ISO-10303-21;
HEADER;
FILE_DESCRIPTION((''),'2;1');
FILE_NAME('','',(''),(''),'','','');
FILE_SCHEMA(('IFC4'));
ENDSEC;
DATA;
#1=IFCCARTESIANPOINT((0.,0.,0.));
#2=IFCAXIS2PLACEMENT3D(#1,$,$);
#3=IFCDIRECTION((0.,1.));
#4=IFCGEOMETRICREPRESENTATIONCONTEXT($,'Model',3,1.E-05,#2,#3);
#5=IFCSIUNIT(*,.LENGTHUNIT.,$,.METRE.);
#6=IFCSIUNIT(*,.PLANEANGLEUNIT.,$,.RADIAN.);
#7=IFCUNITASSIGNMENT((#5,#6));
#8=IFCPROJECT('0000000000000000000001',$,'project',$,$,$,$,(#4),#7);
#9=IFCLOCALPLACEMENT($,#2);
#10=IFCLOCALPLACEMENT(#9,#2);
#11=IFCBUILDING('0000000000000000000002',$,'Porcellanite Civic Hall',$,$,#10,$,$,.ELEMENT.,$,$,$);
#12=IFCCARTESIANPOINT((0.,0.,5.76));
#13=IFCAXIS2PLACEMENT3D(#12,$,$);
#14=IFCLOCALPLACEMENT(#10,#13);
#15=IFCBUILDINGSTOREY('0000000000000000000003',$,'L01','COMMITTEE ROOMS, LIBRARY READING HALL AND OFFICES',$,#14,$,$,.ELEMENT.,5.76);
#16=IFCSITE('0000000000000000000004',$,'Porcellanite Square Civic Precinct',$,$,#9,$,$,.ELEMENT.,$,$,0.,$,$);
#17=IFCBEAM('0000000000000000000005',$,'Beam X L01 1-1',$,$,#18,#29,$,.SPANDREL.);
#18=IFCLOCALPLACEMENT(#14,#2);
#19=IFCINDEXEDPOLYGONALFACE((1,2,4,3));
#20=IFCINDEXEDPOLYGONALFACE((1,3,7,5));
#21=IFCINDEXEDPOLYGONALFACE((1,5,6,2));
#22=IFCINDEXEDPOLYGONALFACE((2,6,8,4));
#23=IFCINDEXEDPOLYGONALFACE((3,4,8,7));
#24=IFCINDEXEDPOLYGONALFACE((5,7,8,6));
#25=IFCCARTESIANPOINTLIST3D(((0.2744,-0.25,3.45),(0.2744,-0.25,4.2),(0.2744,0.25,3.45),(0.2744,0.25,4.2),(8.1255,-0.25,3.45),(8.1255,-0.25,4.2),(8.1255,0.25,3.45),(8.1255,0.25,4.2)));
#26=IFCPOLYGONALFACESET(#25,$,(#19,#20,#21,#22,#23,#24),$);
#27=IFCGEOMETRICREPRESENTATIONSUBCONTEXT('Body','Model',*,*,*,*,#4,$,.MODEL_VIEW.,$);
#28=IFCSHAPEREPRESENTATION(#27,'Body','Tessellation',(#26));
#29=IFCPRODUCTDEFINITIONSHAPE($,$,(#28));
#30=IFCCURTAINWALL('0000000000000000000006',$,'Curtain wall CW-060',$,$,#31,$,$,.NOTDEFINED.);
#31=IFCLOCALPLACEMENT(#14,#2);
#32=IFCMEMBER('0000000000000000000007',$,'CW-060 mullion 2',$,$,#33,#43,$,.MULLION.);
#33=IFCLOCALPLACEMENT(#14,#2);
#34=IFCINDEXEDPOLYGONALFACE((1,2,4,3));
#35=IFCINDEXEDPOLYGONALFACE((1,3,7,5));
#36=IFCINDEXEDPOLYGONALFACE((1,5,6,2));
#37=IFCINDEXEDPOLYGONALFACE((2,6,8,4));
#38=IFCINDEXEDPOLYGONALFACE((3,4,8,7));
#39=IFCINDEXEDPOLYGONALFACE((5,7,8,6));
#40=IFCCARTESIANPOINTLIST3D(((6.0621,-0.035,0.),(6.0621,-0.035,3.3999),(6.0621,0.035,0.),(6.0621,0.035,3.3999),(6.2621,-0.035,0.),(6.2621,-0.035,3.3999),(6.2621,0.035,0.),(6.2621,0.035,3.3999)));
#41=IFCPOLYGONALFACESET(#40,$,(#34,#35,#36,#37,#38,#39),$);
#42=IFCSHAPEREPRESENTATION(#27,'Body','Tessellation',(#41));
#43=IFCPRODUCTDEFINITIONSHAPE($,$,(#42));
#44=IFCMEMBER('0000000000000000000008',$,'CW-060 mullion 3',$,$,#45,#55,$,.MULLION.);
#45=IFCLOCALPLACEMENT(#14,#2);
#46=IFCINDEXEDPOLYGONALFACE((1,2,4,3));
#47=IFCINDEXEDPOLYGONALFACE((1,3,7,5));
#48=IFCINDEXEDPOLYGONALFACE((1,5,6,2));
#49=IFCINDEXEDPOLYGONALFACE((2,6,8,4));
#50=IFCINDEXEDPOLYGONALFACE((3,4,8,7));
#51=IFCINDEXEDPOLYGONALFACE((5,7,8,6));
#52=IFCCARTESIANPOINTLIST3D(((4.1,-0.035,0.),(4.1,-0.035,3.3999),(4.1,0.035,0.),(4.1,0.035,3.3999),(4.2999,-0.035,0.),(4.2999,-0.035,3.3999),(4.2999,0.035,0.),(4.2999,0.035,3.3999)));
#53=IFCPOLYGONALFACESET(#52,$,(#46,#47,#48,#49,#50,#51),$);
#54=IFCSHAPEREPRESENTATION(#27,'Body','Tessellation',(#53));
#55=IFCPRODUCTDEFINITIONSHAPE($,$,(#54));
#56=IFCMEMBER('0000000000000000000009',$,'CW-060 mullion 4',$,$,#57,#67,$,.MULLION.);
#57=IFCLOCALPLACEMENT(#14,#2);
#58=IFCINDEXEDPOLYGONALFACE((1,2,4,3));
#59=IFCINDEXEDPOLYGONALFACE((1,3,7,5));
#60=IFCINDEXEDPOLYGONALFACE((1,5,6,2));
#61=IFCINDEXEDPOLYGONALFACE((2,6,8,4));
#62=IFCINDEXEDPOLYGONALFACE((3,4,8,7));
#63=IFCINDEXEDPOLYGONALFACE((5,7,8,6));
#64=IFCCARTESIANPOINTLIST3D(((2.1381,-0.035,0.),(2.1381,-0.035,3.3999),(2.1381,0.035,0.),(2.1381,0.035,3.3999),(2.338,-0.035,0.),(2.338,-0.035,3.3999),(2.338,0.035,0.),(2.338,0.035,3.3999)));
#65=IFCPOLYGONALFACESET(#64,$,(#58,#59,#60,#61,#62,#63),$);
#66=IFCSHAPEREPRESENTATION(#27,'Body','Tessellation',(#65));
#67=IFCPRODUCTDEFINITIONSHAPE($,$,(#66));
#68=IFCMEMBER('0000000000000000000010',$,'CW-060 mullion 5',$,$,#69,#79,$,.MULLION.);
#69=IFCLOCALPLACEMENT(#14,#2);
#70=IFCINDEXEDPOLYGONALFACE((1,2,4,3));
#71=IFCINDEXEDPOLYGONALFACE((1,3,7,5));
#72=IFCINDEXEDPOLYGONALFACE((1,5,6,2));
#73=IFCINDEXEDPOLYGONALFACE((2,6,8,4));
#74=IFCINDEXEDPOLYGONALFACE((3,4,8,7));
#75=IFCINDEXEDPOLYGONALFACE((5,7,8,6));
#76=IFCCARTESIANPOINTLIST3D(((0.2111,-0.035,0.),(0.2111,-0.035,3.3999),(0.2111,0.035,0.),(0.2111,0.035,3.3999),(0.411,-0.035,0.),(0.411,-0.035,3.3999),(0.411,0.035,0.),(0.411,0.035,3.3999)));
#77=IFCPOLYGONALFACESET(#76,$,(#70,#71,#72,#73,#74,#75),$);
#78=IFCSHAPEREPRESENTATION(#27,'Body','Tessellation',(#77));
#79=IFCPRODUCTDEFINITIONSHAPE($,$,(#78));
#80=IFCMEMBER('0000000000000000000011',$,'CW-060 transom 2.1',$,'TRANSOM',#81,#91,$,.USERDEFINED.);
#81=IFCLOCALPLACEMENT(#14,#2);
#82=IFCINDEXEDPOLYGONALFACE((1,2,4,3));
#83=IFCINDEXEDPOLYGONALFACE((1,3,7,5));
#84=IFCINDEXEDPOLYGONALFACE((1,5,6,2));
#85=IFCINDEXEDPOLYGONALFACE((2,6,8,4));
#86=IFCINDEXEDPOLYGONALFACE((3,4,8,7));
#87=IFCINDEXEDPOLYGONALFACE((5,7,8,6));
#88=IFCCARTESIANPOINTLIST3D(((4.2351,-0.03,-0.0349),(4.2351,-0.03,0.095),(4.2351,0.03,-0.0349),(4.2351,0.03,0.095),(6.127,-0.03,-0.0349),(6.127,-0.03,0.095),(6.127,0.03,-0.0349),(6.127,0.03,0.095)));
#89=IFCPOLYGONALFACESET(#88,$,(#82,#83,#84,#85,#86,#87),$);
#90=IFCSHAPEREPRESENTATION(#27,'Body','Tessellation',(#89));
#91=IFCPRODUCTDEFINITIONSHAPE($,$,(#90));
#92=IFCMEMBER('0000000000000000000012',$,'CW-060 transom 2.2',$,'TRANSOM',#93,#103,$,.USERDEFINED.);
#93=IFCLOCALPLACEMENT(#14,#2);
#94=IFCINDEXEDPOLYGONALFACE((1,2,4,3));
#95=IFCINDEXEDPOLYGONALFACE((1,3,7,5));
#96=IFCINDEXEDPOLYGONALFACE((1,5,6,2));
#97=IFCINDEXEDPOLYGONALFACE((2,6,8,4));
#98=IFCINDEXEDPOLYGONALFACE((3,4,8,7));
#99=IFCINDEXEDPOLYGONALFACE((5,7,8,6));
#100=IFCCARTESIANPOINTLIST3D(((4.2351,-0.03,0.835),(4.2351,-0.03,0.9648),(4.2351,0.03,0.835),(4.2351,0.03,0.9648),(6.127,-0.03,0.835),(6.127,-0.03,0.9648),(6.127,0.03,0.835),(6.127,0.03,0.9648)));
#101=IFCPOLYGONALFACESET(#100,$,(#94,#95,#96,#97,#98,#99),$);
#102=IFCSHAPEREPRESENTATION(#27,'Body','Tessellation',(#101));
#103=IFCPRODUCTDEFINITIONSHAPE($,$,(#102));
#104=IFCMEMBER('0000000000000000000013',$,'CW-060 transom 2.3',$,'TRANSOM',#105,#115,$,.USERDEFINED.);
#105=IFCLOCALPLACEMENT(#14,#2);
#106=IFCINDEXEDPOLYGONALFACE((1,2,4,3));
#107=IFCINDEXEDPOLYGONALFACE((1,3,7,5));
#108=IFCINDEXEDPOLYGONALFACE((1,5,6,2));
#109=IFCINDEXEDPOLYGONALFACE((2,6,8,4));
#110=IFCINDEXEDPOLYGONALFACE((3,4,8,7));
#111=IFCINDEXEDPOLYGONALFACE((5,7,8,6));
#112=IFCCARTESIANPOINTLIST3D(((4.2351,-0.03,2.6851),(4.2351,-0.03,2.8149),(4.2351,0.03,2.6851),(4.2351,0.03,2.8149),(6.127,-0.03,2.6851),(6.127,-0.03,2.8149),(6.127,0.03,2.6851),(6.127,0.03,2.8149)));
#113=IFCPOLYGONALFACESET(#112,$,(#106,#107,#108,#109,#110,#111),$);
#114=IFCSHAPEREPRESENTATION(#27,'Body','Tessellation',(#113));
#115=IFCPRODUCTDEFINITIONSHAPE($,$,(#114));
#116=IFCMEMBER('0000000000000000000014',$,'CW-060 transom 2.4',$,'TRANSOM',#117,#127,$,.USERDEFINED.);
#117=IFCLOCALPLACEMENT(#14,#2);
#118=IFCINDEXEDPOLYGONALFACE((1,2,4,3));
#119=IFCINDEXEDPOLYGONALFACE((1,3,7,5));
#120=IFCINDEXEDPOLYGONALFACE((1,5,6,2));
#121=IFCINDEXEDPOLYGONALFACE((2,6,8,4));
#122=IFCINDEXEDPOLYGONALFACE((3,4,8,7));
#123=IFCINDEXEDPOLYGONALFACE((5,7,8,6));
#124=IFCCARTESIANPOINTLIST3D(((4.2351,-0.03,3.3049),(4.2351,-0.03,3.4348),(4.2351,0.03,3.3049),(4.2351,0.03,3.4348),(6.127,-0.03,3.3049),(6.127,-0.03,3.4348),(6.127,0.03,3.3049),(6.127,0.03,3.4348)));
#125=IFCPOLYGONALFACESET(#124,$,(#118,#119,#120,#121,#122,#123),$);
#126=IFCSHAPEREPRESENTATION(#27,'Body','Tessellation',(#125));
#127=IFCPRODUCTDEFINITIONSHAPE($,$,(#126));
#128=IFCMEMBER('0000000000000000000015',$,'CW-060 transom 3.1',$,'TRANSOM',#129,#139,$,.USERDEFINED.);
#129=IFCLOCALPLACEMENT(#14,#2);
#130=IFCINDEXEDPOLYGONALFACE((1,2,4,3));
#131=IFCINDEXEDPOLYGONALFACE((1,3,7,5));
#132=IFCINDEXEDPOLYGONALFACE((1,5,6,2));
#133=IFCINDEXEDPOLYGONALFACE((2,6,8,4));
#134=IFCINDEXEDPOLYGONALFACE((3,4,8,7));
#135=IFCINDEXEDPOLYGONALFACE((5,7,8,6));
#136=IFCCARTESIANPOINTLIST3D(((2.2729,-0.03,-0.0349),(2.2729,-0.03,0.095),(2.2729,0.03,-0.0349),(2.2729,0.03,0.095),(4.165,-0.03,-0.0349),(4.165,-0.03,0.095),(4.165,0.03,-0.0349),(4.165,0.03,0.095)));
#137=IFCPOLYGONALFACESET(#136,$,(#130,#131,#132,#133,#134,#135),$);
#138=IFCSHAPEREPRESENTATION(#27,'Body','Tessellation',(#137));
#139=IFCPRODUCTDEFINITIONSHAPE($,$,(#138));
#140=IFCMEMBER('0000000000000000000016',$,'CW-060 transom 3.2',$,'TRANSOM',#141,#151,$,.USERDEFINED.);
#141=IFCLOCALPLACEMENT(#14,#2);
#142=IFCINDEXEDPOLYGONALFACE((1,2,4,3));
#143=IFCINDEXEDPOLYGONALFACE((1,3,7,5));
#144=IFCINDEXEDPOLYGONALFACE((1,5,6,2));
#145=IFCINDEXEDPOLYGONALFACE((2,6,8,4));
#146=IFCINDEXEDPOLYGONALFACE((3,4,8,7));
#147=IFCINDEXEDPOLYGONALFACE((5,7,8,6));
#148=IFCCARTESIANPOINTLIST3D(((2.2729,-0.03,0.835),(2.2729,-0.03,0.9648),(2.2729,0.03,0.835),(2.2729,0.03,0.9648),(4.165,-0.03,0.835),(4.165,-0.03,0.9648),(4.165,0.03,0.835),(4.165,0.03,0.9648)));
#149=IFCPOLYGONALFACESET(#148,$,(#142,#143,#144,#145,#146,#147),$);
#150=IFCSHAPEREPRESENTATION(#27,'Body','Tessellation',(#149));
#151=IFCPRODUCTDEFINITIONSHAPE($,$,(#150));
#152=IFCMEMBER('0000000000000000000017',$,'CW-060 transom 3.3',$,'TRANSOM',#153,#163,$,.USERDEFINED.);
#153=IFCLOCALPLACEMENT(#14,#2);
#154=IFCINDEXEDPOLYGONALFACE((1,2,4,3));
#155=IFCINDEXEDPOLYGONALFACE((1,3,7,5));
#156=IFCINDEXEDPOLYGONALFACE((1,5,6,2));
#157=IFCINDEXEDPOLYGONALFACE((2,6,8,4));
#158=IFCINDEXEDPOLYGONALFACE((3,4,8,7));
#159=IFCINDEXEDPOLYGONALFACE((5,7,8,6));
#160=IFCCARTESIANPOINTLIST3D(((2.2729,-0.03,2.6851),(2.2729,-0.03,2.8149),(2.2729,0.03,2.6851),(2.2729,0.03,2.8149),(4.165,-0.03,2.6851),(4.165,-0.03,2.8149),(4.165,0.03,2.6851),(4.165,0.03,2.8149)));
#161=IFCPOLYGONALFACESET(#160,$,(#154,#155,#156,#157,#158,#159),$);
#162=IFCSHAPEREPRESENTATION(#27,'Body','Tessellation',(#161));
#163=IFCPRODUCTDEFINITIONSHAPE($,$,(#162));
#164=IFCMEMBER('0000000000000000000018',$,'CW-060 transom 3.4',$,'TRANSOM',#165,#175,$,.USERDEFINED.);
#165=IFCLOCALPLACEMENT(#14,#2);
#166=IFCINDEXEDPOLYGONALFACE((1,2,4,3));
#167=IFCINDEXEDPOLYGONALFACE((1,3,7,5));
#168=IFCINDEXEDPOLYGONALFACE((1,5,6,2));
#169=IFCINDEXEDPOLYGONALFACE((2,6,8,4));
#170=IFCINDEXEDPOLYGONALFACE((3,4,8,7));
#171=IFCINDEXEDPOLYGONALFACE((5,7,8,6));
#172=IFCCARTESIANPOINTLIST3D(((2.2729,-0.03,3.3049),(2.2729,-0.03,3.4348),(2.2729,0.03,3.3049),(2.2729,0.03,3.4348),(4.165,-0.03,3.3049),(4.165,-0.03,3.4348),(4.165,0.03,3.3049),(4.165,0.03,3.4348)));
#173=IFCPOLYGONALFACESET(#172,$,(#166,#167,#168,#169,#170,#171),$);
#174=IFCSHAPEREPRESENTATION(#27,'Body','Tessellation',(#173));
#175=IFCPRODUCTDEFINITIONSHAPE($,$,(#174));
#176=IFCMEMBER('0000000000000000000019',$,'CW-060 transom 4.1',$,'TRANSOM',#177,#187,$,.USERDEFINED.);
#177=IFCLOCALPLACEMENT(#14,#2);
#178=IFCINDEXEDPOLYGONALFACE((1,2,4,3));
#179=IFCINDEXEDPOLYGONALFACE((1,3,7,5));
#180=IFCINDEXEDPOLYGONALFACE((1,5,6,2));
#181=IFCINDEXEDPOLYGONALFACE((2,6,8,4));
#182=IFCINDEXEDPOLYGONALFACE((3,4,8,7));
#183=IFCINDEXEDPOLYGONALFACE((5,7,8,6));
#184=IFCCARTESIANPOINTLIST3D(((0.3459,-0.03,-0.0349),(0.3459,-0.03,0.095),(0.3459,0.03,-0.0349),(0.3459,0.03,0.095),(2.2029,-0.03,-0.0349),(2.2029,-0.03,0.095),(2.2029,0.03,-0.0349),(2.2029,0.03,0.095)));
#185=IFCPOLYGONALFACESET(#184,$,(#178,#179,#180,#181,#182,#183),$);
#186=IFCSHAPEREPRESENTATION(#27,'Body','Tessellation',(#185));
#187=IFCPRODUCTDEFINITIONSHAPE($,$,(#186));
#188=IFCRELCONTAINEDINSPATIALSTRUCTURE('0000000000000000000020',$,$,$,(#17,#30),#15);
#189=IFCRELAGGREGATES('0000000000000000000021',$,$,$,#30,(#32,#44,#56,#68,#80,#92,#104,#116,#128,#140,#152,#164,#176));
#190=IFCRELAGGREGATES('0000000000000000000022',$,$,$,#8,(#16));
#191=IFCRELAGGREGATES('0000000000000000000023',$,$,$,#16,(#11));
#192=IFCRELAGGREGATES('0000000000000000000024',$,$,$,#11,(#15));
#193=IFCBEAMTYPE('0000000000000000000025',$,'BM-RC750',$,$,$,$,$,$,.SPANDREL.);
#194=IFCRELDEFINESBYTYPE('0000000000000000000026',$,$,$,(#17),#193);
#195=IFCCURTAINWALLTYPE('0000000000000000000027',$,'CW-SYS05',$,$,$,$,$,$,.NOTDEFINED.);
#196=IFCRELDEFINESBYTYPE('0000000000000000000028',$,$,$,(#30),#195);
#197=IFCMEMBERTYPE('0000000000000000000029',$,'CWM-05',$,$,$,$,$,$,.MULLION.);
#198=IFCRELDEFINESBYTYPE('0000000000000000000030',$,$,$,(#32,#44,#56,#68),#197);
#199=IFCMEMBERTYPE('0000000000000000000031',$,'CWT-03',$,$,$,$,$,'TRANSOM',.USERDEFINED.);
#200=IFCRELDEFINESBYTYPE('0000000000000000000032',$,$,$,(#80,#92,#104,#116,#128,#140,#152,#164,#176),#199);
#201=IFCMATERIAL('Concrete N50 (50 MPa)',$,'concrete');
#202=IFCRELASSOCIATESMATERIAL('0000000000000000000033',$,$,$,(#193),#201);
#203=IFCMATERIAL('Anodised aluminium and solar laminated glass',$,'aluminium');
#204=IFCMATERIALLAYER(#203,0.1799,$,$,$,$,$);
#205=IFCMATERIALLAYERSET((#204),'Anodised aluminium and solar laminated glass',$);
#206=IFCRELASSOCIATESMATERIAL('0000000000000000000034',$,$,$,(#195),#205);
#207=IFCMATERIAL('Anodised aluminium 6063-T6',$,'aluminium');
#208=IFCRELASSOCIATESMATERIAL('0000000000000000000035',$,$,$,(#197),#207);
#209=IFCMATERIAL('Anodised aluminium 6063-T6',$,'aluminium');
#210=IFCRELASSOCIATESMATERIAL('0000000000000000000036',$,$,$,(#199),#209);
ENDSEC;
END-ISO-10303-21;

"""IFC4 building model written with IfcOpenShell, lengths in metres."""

from ifc_helpers import new_model, si_unit, direction, frame, origin, origin_2d, place, context, subcontext, project, spatial, rectangle, extrude, material, layer, layer_set, material_profile, profile_set, type_object, element, aggregate, save


model = new_model("IFC4")

# Units and contexts
model_context = context("Model", 3, precision=1e-05, world=origin(), true_north=direction((0.0, 1.0)))
body_context = subcontext(model_context, "Body", "Model", "MODEL_VIEW")
ifc_project = project(units=[si_unit("LENGTHUNIT", "METRE"), si_unit("PLANEANGLEUNIT", "RADIAN")], contexts=[model_context])

# Site, building, storey
site_placement = place(None, origin())
site = spatial("IfcSite", under=ifc_project, at=site_placement, Name="Porcellanite Square Civic Precinct", CompositionType="ELEMENT", RefElevation=0.0)
building_placement = place(site_placement, origin())
building = spatial("IfcBuilding", under=site, at=building_placement, Name="Porcellanite Civic Hall", CompositionType="ELEMENT")
storey_placement = place(building_placement, frame((0.0, 0.0, 5.76)))
storey = spatial("IfcBuildingStorey", under=building, at=storey_placement, Name="L01", Description="COMMITTEE ROOMS, LIBRARY READING HALL AND OFFICES", CompositionType="ELEMENT", Elevation=5.76)

# Beam
ifc_material_1 = material(Name="Concrete N50 (50 MPa)", Category="concrete")
ifc_material_profile_1 = material_profile(ifc_material_1, rectangle(XDim=0.5, YDim=0.75, at=origin_2d()), Name="RC-500x750")
ifc_profile_set_1 = profile_set([ifc_material_profile_1], Name="Concrete N50 (50 MPa)")
beam_type = type_object("IfcBeamType", Name="BM-RC750", PredefinedType="SPANDREL", material=ifc_profile_set_1)
beam_placement = place(storey_placement, frame((0.2744, 0.0, 3.825), z_axis=(1.0, 0.0, 0.0), x_axis=(0.0, 1.0, 0.0)))
element("IfcBeam", 1, at=beam_placement, inside=storey, type_object=beam_type, Name="Beam X L01 1-1", PredefinedType="SPANDREL", context=body_context, shape_type="SweptSolid", body=[
    extrude(rectangle(XDim=0.5, YDim=0.75, at=origin_2d()), origin(), (0.0, 0.0, 1.0), 7.8511),
])

# Curtain wall, members
ifc_material_2 = material(Name="Anodised aluminium and solar laminated glass", Category="aluminium")
ifc_layer_1 = layer(ifc_material_2, 0.1799)
ifc_layer_set_1 = layer_set([ifc_layer_1], Name="Anodised aluminium and solar laminated glass")
curtain_wall_type = type_object("IfcCurtainWallType", Name="CW-SYS05", PredefinedType="NOTDEFINED", material=ifc_layer_set_1)
curtain_wall_placement = place(storey_placement, origin())
curtain_wall = element("IfcCurtainWall", 2, at=curtain_wall_placement, inside=storey, type_object=curtain_wall_type, Name="Curtain wall CW-060", PredefinedType="NOTDEFINED")
ifc_material_3 = material(Name="Anodised aluminium 6063-T6", Category="aluminium")
ifc_material_profile_2 = material_profile(ifc_material_3, rectangle(XDim=0.0701, YDim=0.2, at=origin_2d()), Name="AL-70x200")
ifc_profile_set_2 = profile_set([ifc_material_profile_2], Name="Anodised aluminium 6063-T6")
member_type_1 = type_object("IfcMemberType", Name="CWM-05", PredefinedType="MULLION", material=ifc_profile_set_2)
member_1_placement = place(storey_placement, frame((6.1621, 0.0, 0.0), z_axis=(0.0, 0.0, 1.0), x_axis=(0.0, -1.0, 0.0)))
member_1 = element("IfcMember", 3, at=member_1_placement, type_object=member_type_1, Name="CW-060 mullion 2", PredefinedType="MULLION", context=body_context, shape_type="SweptSolid", body=[
    extrude(rectangle(XDim=0.0701, YDim=0.2, at=origin_2d()), origin(), (0.0, 0.0, 1.0), 3.3999),
])
member_2_placement = place(storey_placement, frame((4.2, 0.0, 0.0), z_axis=(0.0, 0.0, 1.0), x_axis=(0.0, -1.0, 0.0)))
member_2 = element("IfcMember", 4, at=member_2_placement, type_object=member_type_1, Name="CW-060 mullion 3", PredefinedType="MULLION", context=body_context, shape_type="SweptSolid", body=[
    extrude(rectangle(XDim=0.0701, YDim=0.2, at=origin_2d()), origin(), (0.0, 0.0, 1.0), 3.3999),
])
member_3_placement = place(storey_placement, frame((2.238, 0.0, 0.0), z_axis=(0.0, 0.0, 1.0), x_axis=(0.0, -1.0, 0.0)))
member_3 = element("IfcMember", 5, at=member_3_placement, type_object=member_type_1, Name="CW-060 mullion 4", PredefinedType="MULLION", context=body_context, shape_type="SweptSolid", body=[
    extrude(rectangle(XDim=0.0701, YDim=0.2, at=origin_2d()), origin(), (0.0, 0.0, 1.0), 3.3999),
])
member_4_placement = place(storey_placement, frame((0.311, 0.0, 0.0), z_axis=(0.0, 0.0, 1.0), x_axis=(0.0, -1.0, 0.0)))
member_4 = element("IfcMember", 6, at=member_4_placement, type_object=member_type_1, Name="CW-060 mullion 5", PredefinedType="MULLION", context=body_context, shape_type="SweptSolid", body=[
    extrude(rectangle(XDim=0.0701, YDim=0.2, at=origin_2d()), origin(), (0.0, 0.0, 1.0), 3.3999),
])
ifc_material_4 = material(Name="Anodised aluminium 6063-T6", Category="aluminium")
ifc_material_profile_3 = material_profile(ifc_material_4, rectangle(XDim=0.0601, YDim=0.1299, at=origin_2d()), Name="AL-60x130")
ifc_profile_set_3 = profile_set([ifc_material_profile_3], Name="Anodised aluminium 6063-T6")
member_type_2 = type_object("IfcMemberType", Name="CWT-03", ElementType="TRANSOM", PredefinedType="USERDEFINED", material=ifc_profile_set_3)
member_5_placement = place(storey_placement, frame((6.127, 0.0, 0.03), z_axis=(-1.0, 0.0, 0.0), x_axis=(0.0, -1.0, 0.0)))
member_5 = element("IfcMember", 7, at=member_5_placement, type_object=member_type_2, Name="CW-060 transom 2.1", ObjectType="TRANSOM", PredefinedType="USERDEFINED", context=body_context, shape_type="SweptSolid", body=[
    extrude(rectangle(XDim=0.0601, YDim=0.1299, at=origin_2d()), origin(), (0.0, 0.0, 1.0), 1.8918),
])
member_6_placement = place(storey_placement, frame((6.127, 0.0, 0.8999), z_axis=(-1.0, 0.0, 0.0), x_axis=(0.0, -1.0, 0.0)))
member_6 = element("IfcMember", 8, at=member_6_placement, type_object=member_type_2, Name="CW-060 transom 2.2", ObjectType="TRANSOM", PredefinedType="USERDEFINED", context=body_context, shape_type="SweptSolid", body=[
    extrude(rectangle(XDim=0.0601, YDim=0.1299, at=origin_2d()), origin(), (0.0, 0.0, 1.0), 1.8918),
])
member_7_placement = place(storey_placement, frame((6.127, 0.0, 2.75), z_axis=(-1.0, 0.0, 0.0), x_axis=(0.0, -1.0, 0.0)))
member_7 = element("IfcMember", 9, at=member_7_placement, type_object=member_type_2, Name="CW-060 transom 2.3", ObjectType="TRANSOM", PredefinedType="USERDEFINED", context=body_context, shape_type="SweptSolid", body=[
    extrude(rectangle(XDim=0.0601, YDim=0.1299, at=origin_2d()), origin(), (0.0, 0.0, 1.0), 1.8918),
])
member_8_placement = place(storey_placement, frame((6.127, 0.0, 3.3699), z_axis=(-1.0, 0.0, 0.0), x_axis=(0.0, -1.0, 0.0)))
member_8 = element("IfcMember", 10, at=member_8_placement, type_object=member_type_2, Name="CW-060 transom 2.4", ObjectType="TRANSOM", PredefinedType="USERDEFINED", context=body_context, shape_type="SweptSolid", body=[
    extrude(rectangle(XDim=0.0601, YDim=0.1299, at=origin_2d()), origin(), (0.0, 0.0, 1.0), 1.8918),
])
member_9_placement = place(storey_placement, frame((4.165, 0.0, 0.03), z_axis=(-1.0, 0.0, 0.0), x_axis=(0.0, -1.0, 0.0)))
member_9 = element("IfcMember", 11, at=member_9_placement, type_object=member_type_2, Name="CW-060 transom 3.1", ObjectType="TRANSOM", PredefinedType="USERDEFINED", context=body_context, shape_type="SweptSolid", body=[
    extrude(rectangle(XDim=0.0601, YDim=0.1299, at=origin_2d()), origin(), (0.0, 0.0, 1.0), 1.8921),
])
member_10_placement = place(storey_placement, frame((4.165, 0.0, 0.8999), z_axis=(-1.0, 0.0, 0.0), x_axis=(0.0, -1.0, 0.0)))
member_10 = element("IfcMember", 12, at=member_10_placement, type_object=member_type_2, Name="CW-060 transom 3.2", ObjectType="TRANSOM", PredefinedType="USERDEFINED", context=body_context, shape_type="SweptSolid", body=[
    extrude(rectangle(XDim=0.0601, YDim=0.1299, at=origin_2d()), origin(), (0.0, 0.0, 1.0), 1.8921),
])
member_11_placement = place(storey_placement, frame((4.165, 0.0, 2.75), z_axis=(-1.0, 0.0, 0.0), x_axis=(0.0, -1.0, 0.0)))
member_11 = element("IfcMember", 13, at=member_11_placement, type_object=member_type_2, Name="CW-060 transom 3.3", ObjectType="TRANSOM", PredefinedType="USERDEFINED", context=body_context, shape_type="SweptSolid", body=[
    extrude(rectangle(XDim=0.0601, YDim=0.1299, at=origin_2d()), origin(), (0.0, 0.0, 1.0), 1.8921),
])
member_12_placement = place(storey_placement, frame((4.165, 0.0, 3.3699), z_axis=(-1.0, 0.0, 0.0), x_axis=(0.0, -1.0, 0.0)))
member_12 = element("IfcMember", 14, at=member_12_placement, type_object=member_type_2, Name="CW-060 transom 3.4", ObjectType="TRANSOM", PredefinedType="USERDEFINED", context=body_context, shape_type="SweptSolid", body=[
    extrude(rectangle(XDim=0.0601, YDim=0.1299, at=origin_2d()), origin(), (0.0, 0.0, 1.0), 1.8921),
])
member_13_placement = place(storey_placement, frame((2.2029, 0.0, 0.03), z_axis=(-1.0, 0.0, 0.0), x_axis=(0.0, -1.0, 0.0)))
member_13 = element("IfcMember", 15, at=member_13_placement, type_object=member_type_2, Name="CW-060 transom 4.1", ObjectType="TRANSOM", PredefinedType="USERDEFINED", context=body_context, shape_type="SweptSolid", body=[
    extrude(rectangle(XDim=0.0601, YDim=0.1299, at=origin_2d()), origin(), (0.0, 0.0, 1.0), 1.8569),
])

aggregate(curtain_wall, [member_1, member_2, member_3, member_4, member_5, member_6, member_7, member_8, member_9, member_10, member_11, member_12, member_13])

save(model, "model.ifc")
